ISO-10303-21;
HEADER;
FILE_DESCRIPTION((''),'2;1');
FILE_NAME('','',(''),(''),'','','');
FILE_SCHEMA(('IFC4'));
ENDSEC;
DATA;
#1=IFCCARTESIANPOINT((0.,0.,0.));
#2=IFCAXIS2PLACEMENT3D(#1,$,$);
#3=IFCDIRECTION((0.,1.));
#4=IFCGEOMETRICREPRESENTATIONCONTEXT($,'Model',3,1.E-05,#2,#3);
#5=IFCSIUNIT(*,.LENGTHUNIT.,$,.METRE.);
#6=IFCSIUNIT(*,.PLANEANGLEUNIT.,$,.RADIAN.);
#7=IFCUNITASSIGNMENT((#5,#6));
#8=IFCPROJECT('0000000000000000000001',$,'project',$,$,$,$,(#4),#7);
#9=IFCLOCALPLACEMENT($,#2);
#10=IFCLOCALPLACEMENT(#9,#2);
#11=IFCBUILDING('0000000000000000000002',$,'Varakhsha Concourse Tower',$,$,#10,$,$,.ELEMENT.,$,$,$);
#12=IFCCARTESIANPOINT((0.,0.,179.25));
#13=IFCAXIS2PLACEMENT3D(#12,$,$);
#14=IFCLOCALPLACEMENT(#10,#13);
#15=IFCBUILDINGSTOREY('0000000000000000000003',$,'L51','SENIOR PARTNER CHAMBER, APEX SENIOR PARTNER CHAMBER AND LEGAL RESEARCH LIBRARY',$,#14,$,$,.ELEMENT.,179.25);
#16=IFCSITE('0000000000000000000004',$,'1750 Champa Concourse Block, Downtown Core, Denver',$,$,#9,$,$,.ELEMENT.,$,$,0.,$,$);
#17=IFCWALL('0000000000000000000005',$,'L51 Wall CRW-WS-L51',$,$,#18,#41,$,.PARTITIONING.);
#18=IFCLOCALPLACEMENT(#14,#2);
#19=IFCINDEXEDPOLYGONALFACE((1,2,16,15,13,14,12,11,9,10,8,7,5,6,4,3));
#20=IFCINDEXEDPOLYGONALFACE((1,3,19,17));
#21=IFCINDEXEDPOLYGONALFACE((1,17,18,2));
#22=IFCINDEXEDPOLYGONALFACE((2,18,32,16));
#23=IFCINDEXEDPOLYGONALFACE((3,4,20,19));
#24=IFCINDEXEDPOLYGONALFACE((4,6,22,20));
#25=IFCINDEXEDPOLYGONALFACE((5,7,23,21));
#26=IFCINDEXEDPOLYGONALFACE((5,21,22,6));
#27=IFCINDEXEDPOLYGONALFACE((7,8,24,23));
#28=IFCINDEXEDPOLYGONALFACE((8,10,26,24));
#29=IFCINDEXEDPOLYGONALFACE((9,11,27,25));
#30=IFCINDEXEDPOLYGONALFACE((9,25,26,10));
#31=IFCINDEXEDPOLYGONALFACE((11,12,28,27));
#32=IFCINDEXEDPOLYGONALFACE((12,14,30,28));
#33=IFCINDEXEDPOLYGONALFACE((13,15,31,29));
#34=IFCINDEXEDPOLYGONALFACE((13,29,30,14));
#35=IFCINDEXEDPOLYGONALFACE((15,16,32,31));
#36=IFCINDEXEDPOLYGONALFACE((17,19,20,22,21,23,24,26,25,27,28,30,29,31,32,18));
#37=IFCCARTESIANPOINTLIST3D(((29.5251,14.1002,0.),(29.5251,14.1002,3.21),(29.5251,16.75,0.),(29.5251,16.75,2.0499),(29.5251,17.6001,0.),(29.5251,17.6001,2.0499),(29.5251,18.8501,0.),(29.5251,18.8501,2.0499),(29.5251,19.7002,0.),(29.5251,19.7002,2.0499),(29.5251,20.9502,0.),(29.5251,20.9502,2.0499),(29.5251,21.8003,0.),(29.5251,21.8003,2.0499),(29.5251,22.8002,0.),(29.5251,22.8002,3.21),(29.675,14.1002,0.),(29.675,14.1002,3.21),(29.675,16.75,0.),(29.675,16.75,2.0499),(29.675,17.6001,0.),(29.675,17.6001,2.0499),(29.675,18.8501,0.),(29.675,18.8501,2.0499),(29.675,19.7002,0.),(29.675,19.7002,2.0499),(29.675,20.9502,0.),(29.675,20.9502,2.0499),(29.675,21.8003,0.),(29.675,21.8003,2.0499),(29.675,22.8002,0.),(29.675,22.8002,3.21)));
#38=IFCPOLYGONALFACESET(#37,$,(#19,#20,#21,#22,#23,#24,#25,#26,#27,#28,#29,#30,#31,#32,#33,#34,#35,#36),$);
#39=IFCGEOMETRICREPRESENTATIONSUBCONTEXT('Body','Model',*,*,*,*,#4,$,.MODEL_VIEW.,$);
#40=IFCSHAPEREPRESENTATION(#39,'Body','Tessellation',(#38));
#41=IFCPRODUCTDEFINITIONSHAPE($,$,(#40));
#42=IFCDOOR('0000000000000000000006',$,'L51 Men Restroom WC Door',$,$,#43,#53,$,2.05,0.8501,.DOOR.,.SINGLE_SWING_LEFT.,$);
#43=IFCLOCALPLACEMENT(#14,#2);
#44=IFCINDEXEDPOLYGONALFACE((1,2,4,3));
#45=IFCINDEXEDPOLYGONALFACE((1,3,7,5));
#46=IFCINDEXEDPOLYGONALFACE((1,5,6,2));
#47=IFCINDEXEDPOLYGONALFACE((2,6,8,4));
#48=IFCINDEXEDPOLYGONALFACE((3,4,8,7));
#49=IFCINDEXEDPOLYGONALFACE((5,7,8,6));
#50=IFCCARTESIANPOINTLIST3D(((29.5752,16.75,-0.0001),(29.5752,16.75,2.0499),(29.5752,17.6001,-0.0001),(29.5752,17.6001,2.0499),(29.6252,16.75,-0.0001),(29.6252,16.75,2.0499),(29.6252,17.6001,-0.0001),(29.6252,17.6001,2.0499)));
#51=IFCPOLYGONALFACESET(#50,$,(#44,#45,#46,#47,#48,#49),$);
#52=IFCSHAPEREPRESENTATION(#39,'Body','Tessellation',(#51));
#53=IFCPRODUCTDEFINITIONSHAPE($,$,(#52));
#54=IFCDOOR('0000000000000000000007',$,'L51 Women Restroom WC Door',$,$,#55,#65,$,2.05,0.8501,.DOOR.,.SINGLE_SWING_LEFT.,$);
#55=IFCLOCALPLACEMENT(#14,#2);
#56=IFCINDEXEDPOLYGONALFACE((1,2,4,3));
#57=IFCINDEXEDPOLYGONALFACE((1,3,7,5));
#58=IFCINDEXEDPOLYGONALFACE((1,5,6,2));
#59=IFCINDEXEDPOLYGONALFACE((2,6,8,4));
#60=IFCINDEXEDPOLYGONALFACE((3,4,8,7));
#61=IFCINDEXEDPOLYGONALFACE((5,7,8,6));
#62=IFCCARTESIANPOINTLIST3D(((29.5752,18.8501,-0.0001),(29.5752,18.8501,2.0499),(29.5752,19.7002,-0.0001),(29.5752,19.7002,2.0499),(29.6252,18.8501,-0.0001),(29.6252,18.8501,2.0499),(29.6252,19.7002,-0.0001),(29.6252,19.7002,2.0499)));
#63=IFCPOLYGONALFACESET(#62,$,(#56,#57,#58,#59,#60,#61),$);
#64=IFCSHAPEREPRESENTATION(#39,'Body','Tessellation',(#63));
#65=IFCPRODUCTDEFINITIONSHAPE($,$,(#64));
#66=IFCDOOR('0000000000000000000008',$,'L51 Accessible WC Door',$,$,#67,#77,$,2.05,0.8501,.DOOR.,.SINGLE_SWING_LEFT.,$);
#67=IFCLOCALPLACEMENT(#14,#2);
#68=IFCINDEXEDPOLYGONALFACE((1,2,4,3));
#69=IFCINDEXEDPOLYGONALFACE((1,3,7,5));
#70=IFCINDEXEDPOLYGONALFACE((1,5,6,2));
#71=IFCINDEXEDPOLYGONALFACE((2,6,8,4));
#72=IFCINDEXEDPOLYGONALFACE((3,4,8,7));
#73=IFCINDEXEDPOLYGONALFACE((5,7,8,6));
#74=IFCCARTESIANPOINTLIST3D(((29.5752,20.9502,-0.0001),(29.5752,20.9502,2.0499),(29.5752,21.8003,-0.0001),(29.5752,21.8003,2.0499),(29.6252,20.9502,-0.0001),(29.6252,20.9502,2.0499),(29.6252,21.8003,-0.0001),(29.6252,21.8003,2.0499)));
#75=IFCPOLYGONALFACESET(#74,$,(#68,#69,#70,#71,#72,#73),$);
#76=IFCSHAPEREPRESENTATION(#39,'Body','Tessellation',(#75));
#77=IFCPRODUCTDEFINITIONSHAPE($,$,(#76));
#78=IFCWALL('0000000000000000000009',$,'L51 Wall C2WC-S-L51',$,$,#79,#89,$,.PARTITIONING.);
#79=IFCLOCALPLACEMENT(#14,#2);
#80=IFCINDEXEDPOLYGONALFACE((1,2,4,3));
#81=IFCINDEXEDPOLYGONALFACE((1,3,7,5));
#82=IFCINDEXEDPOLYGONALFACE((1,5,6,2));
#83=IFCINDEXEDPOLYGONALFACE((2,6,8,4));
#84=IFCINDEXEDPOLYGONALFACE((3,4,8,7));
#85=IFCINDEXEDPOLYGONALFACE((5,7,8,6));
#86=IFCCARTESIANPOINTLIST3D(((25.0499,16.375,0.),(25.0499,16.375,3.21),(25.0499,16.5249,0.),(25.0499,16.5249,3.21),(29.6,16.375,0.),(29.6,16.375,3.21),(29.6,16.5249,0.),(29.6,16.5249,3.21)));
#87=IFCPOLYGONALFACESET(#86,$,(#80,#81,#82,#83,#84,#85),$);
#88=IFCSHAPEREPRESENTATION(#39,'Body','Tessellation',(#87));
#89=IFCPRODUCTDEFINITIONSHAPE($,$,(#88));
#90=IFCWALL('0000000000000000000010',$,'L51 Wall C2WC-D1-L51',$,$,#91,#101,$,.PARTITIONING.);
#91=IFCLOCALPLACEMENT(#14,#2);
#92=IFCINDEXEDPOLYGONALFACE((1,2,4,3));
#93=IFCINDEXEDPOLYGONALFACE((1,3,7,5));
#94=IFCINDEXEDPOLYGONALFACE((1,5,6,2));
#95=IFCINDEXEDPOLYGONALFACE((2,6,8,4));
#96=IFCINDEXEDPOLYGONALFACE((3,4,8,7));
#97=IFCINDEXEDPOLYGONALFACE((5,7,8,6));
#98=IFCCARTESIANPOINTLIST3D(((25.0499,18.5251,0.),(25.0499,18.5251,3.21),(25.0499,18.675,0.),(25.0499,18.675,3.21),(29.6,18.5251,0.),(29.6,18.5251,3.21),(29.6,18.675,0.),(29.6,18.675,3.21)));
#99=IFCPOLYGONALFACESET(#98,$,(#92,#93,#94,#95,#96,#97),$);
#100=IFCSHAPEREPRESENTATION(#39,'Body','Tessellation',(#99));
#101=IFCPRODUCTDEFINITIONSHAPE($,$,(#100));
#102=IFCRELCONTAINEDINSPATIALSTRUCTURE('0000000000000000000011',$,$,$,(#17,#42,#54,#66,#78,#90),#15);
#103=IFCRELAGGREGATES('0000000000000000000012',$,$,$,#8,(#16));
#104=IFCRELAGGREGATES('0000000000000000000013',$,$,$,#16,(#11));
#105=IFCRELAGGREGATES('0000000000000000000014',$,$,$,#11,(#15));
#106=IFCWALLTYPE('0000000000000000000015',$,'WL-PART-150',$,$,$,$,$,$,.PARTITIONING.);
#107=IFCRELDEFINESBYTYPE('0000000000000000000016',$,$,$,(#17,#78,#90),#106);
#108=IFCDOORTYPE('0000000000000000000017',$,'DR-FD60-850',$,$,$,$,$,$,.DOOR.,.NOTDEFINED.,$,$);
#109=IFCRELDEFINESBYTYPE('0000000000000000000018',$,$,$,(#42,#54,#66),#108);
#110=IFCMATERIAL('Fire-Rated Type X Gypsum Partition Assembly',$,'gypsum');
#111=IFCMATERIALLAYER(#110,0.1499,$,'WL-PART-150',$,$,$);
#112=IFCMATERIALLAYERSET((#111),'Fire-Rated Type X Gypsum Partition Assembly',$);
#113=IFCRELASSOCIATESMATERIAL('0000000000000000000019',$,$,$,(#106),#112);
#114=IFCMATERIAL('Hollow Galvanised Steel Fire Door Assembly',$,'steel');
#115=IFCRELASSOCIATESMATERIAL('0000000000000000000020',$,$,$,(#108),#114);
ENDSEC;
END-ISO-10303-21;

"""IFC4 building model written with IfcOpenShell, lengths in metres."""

from ifc_helpers import new_model, si_unit, direction, frame, frame_2d, origin, place, context, subcontext, project, spatial, rectangle, extrude, material, layer, layer_set, type_object, element, fill, save


model = new_model("IFC4")

# Units and contexts
model_context = context("Model", 3, precision=1e-05, world=origin(), true_north=direction((0.0, 1.0)))
body_context = subcontext(model_context, "Body", "Model", "MODEL_VIEW")
ifc_project = project(units=[si_unit("LENGTHUNIT", "METRE"), si_unit("PLANEANGLEUNIT", "RADIAN")], contexts=[model_context])

# Site, building, storey
site_placement = place(None, origin())
site = spatial("IfcSite", under=ifc_project, at=site_placement, Name="1750 Champa Concourse Block, Downtown Core, Denver", CompositionType="ELEMENT", RefElevation=0.0)
building_placement = place(site_placement, origin())
building = spatial("IfcBuilding", under=site, at=building_placement, Name="Varakhsha Concourse Tower", CompositionType="ELEMENT")
storey_placement = place(building_placement, frame((0.0, 0.0, 179.25)))
storey = spatial("IfcBuildingStorey", under=building, at=storey_placement, Name="L51", Description="SENIOR PARTNER CHAMBER, APEX SENIOR PARTNER CHAMBER AND LEGAL RESEARCH LIBRARY", CompositionType="ELEMENT", Elevation=179.25)

# Wall, openings, doors
ifc_material_1 = material(Name="Hollow Galvanised Steel Fire Door Assembly", Category="steel")
ifc_material_2 = material(Name="Fire-Rated Type X Gypsum Partition Assembly", Category="gypsum")
ifc_layer_1 = layer(ifc_material_2, 0.1499, Name="WL-PART-150")
ifc_layer_set_1 = layer_set([ifc_layer_1], Name="Fire-Rated Type X Gypsum Partition Assembly")
wall_type_1 = type_object("IfcWallType", Name="WL-PART-150", PredefinedType="PARTITIONING", material=ifc_layer_set_1)
wall_1_placement = place(storey_placement, frame((29.6001, 14.1001, 0.0), z_axis=(0.0, 0.0, 1.0), x_axis=(0.0, 1.0, 0.0)))
wall_1 = element("IfcWall", 1, at=wall_1_placement, inside=storey, type_object=wall_type_1, Name="L51 Wall CRW-WS-L51", PredefinedType="PARTITIONING", context=body_context, shape_type="SweptSolid", body=[
    extrude(rectangle(XDim=8.7, YDim=0.1499, at=frame_2d((4.3501, 0.0))), origin(), (0.0, 0.0, 1.0), 3.21),
])
opening_1_placement = place(wall_1_placement, frame((2.6499, 0.0, 0.0)))
opening_1 = element("IfcOpeningElement", 2, at=opening_1_placement, cuts=wall_1, PredefinedType="OPENING", context=body_context, shape_type="SweptSolid", body=[
    extrude(rectangle(XDim=0.8501, YDim=2.05, at=frame_2d((0.425, 1.0249))), frame((0.0, 0.085, 0.0), z_axis=(0.0, -1.0, 0.0), x_axis=(1.0, 0.0, 0.0)), (0.0, 0.0, 1.0), 0.1699),
])
opening_2_placement = place(wall_1_placement, frame((4.75, 0.0, 0.0)))
opening_2 = element("IfcOpeningElement", 3, at=opening_2_placement, cuts=wall_1, PredefinedType="OPENING", context=body_context, shape_type="SweptSolid", body=[
    extrude(rectangle(XDim=0.8501, YDim=2.05, at=frame_2d((0.425, 1.0249))), frame((0.0, 0.085, 0.0), z_axis=(0.0, -1.0, 0.0), x_axis=(1.0, 0.0, 0.0)), (0.0, 0.0, 1.0), 0.1699),
])
opening_3_placement = place(wall_1_placement, frame((6.8501, 0.0, 0.0)))
opening_3 = element("IfcOpeningElement", 4, at=opening_3_placement, cuts=wall_1, PredefinedType="OPENING", context=body_context, shape_type="SweptSolid", body=[
    extrude(rectangle(XDim=0.8501, YDim=2.05, at=frame_2d((0.425, 1.0249))), frame((0.0, 0.085, 0.0), z_axis=(0.0, -1.0, 0.0), x_axis=(1.0, 0.0, 0.0)), (0.0, 0.0, 1.0), 0.1699),
])
door_type_1 = type_object("IfcDoorType", Name="DR-FD60-850", OperationType="NOTDEFINED", PredefinedType="DOOR", material=ifc_material_1)
door_1_placement = place(opening_1_placement, origin())
door_1 = element("IfcDoor", 5, at=door_1_placement, inside=storey, type_object=door_type_1, Name="L51 Men Restroom WC Door", OperationType="SINGLE_SWING_LEFT", OverallHeight=2.05, OverallWidth=0.8501, PredefinedType="DOOR", context=body_context, shape_type="SweptSolid", body=[
    extrude(rectangle(XDim=0.8501, YDim=2.05, at=frame_2d((0.425, 1.0249))), frame((0.0, 0.0249, 0.0), z_axis=(0.0, -1.0, 0.0), x_axis=(1.0, 0.0, 0.0)), (0.0, 0.0, 1.0), 0.05),
])
fill(opening_1, door_1)
door_2_placement = place(opening_2_placement, origin())
door_2 = element("IfcDoor", 6, at=door_2_placement, inside=storey, type_object=door_type_1, Name="L51 Women Restroom WC Door", OperationType="SINGLE_SWING_LEFT", OverallHeight=2.05, OverallWidth=0.8501, PredefinedType="DOOR", context=body_context, shape_type="SweptSolid", body=[
    extrude(rectangle(XDim=0.8501, YDim=2.05, at=frame_2d((0.425, 1.0249))), frame((0.0, 0.0249, 0.0), z_axis=(0.0, -1.0, 0.0), x_axis=(1.0, 0.0, 0.0)), (0.0, 0.0, 1.0), 0.05),
])
fill(opening_2, door_2)
door_3_placement = place(opening_3_placement, origin())
door_3 = element("IfcDoor", 7, at=door_3_placement, inside=storey, type_object=door_type_1, Name="L51 Accessible WC Door", OperationType="SINGLE_SWING_LEFT", OverallHeight=2.05, OverallWidth=0.8501, PredefinedType="DOOR", context=body_context, shape_type="SweptSolid", body=[
    extrude(rectangle(XDim=0.8501, YDim=2.05, at=frame_2d((0.425, 1.0249))), frame((0.0, 0.0249, 0.0), z_axis=(0.0, -1.0, 0.0), x_axis=(1.0, 0.0, 0.0)), (0.0, 0.0, 1.0), 0.05),
])
fill(opening_3, door_3)

# Walls
for number, where, z_axis, x_axis, name in (
    (8, (25.05, 16.45, 0.0), (0.0, 0.0, 1.0), (1.0, 0.0, 0.0), "L51 Wall C2WC-S-L51"),
    (9, (25.05, 18.6001, 0.0), (0.0, 0.0, 1.0), (1.0, 0.0, 0.0), "L51 Wall C2WC-D1-L51"),
):
    element("IfcWall", number, at=place(storey_placement, frame(where, z_axis=z_axis, x_axis=x_axis)), inside=storey, type_object=wall_type_1, Name=name, PredefinedType="PARTITIONING", context=body_context, shape_type="SweptSolid", body=[
        extrude(rectangle(XDim=4.55, YDim=0.1499, at=frame_2d((2.2749, 0.0))), origin(), (0.0, 0.0, 1.0), 3.21),
    ])

save(model, "model.ifc")
